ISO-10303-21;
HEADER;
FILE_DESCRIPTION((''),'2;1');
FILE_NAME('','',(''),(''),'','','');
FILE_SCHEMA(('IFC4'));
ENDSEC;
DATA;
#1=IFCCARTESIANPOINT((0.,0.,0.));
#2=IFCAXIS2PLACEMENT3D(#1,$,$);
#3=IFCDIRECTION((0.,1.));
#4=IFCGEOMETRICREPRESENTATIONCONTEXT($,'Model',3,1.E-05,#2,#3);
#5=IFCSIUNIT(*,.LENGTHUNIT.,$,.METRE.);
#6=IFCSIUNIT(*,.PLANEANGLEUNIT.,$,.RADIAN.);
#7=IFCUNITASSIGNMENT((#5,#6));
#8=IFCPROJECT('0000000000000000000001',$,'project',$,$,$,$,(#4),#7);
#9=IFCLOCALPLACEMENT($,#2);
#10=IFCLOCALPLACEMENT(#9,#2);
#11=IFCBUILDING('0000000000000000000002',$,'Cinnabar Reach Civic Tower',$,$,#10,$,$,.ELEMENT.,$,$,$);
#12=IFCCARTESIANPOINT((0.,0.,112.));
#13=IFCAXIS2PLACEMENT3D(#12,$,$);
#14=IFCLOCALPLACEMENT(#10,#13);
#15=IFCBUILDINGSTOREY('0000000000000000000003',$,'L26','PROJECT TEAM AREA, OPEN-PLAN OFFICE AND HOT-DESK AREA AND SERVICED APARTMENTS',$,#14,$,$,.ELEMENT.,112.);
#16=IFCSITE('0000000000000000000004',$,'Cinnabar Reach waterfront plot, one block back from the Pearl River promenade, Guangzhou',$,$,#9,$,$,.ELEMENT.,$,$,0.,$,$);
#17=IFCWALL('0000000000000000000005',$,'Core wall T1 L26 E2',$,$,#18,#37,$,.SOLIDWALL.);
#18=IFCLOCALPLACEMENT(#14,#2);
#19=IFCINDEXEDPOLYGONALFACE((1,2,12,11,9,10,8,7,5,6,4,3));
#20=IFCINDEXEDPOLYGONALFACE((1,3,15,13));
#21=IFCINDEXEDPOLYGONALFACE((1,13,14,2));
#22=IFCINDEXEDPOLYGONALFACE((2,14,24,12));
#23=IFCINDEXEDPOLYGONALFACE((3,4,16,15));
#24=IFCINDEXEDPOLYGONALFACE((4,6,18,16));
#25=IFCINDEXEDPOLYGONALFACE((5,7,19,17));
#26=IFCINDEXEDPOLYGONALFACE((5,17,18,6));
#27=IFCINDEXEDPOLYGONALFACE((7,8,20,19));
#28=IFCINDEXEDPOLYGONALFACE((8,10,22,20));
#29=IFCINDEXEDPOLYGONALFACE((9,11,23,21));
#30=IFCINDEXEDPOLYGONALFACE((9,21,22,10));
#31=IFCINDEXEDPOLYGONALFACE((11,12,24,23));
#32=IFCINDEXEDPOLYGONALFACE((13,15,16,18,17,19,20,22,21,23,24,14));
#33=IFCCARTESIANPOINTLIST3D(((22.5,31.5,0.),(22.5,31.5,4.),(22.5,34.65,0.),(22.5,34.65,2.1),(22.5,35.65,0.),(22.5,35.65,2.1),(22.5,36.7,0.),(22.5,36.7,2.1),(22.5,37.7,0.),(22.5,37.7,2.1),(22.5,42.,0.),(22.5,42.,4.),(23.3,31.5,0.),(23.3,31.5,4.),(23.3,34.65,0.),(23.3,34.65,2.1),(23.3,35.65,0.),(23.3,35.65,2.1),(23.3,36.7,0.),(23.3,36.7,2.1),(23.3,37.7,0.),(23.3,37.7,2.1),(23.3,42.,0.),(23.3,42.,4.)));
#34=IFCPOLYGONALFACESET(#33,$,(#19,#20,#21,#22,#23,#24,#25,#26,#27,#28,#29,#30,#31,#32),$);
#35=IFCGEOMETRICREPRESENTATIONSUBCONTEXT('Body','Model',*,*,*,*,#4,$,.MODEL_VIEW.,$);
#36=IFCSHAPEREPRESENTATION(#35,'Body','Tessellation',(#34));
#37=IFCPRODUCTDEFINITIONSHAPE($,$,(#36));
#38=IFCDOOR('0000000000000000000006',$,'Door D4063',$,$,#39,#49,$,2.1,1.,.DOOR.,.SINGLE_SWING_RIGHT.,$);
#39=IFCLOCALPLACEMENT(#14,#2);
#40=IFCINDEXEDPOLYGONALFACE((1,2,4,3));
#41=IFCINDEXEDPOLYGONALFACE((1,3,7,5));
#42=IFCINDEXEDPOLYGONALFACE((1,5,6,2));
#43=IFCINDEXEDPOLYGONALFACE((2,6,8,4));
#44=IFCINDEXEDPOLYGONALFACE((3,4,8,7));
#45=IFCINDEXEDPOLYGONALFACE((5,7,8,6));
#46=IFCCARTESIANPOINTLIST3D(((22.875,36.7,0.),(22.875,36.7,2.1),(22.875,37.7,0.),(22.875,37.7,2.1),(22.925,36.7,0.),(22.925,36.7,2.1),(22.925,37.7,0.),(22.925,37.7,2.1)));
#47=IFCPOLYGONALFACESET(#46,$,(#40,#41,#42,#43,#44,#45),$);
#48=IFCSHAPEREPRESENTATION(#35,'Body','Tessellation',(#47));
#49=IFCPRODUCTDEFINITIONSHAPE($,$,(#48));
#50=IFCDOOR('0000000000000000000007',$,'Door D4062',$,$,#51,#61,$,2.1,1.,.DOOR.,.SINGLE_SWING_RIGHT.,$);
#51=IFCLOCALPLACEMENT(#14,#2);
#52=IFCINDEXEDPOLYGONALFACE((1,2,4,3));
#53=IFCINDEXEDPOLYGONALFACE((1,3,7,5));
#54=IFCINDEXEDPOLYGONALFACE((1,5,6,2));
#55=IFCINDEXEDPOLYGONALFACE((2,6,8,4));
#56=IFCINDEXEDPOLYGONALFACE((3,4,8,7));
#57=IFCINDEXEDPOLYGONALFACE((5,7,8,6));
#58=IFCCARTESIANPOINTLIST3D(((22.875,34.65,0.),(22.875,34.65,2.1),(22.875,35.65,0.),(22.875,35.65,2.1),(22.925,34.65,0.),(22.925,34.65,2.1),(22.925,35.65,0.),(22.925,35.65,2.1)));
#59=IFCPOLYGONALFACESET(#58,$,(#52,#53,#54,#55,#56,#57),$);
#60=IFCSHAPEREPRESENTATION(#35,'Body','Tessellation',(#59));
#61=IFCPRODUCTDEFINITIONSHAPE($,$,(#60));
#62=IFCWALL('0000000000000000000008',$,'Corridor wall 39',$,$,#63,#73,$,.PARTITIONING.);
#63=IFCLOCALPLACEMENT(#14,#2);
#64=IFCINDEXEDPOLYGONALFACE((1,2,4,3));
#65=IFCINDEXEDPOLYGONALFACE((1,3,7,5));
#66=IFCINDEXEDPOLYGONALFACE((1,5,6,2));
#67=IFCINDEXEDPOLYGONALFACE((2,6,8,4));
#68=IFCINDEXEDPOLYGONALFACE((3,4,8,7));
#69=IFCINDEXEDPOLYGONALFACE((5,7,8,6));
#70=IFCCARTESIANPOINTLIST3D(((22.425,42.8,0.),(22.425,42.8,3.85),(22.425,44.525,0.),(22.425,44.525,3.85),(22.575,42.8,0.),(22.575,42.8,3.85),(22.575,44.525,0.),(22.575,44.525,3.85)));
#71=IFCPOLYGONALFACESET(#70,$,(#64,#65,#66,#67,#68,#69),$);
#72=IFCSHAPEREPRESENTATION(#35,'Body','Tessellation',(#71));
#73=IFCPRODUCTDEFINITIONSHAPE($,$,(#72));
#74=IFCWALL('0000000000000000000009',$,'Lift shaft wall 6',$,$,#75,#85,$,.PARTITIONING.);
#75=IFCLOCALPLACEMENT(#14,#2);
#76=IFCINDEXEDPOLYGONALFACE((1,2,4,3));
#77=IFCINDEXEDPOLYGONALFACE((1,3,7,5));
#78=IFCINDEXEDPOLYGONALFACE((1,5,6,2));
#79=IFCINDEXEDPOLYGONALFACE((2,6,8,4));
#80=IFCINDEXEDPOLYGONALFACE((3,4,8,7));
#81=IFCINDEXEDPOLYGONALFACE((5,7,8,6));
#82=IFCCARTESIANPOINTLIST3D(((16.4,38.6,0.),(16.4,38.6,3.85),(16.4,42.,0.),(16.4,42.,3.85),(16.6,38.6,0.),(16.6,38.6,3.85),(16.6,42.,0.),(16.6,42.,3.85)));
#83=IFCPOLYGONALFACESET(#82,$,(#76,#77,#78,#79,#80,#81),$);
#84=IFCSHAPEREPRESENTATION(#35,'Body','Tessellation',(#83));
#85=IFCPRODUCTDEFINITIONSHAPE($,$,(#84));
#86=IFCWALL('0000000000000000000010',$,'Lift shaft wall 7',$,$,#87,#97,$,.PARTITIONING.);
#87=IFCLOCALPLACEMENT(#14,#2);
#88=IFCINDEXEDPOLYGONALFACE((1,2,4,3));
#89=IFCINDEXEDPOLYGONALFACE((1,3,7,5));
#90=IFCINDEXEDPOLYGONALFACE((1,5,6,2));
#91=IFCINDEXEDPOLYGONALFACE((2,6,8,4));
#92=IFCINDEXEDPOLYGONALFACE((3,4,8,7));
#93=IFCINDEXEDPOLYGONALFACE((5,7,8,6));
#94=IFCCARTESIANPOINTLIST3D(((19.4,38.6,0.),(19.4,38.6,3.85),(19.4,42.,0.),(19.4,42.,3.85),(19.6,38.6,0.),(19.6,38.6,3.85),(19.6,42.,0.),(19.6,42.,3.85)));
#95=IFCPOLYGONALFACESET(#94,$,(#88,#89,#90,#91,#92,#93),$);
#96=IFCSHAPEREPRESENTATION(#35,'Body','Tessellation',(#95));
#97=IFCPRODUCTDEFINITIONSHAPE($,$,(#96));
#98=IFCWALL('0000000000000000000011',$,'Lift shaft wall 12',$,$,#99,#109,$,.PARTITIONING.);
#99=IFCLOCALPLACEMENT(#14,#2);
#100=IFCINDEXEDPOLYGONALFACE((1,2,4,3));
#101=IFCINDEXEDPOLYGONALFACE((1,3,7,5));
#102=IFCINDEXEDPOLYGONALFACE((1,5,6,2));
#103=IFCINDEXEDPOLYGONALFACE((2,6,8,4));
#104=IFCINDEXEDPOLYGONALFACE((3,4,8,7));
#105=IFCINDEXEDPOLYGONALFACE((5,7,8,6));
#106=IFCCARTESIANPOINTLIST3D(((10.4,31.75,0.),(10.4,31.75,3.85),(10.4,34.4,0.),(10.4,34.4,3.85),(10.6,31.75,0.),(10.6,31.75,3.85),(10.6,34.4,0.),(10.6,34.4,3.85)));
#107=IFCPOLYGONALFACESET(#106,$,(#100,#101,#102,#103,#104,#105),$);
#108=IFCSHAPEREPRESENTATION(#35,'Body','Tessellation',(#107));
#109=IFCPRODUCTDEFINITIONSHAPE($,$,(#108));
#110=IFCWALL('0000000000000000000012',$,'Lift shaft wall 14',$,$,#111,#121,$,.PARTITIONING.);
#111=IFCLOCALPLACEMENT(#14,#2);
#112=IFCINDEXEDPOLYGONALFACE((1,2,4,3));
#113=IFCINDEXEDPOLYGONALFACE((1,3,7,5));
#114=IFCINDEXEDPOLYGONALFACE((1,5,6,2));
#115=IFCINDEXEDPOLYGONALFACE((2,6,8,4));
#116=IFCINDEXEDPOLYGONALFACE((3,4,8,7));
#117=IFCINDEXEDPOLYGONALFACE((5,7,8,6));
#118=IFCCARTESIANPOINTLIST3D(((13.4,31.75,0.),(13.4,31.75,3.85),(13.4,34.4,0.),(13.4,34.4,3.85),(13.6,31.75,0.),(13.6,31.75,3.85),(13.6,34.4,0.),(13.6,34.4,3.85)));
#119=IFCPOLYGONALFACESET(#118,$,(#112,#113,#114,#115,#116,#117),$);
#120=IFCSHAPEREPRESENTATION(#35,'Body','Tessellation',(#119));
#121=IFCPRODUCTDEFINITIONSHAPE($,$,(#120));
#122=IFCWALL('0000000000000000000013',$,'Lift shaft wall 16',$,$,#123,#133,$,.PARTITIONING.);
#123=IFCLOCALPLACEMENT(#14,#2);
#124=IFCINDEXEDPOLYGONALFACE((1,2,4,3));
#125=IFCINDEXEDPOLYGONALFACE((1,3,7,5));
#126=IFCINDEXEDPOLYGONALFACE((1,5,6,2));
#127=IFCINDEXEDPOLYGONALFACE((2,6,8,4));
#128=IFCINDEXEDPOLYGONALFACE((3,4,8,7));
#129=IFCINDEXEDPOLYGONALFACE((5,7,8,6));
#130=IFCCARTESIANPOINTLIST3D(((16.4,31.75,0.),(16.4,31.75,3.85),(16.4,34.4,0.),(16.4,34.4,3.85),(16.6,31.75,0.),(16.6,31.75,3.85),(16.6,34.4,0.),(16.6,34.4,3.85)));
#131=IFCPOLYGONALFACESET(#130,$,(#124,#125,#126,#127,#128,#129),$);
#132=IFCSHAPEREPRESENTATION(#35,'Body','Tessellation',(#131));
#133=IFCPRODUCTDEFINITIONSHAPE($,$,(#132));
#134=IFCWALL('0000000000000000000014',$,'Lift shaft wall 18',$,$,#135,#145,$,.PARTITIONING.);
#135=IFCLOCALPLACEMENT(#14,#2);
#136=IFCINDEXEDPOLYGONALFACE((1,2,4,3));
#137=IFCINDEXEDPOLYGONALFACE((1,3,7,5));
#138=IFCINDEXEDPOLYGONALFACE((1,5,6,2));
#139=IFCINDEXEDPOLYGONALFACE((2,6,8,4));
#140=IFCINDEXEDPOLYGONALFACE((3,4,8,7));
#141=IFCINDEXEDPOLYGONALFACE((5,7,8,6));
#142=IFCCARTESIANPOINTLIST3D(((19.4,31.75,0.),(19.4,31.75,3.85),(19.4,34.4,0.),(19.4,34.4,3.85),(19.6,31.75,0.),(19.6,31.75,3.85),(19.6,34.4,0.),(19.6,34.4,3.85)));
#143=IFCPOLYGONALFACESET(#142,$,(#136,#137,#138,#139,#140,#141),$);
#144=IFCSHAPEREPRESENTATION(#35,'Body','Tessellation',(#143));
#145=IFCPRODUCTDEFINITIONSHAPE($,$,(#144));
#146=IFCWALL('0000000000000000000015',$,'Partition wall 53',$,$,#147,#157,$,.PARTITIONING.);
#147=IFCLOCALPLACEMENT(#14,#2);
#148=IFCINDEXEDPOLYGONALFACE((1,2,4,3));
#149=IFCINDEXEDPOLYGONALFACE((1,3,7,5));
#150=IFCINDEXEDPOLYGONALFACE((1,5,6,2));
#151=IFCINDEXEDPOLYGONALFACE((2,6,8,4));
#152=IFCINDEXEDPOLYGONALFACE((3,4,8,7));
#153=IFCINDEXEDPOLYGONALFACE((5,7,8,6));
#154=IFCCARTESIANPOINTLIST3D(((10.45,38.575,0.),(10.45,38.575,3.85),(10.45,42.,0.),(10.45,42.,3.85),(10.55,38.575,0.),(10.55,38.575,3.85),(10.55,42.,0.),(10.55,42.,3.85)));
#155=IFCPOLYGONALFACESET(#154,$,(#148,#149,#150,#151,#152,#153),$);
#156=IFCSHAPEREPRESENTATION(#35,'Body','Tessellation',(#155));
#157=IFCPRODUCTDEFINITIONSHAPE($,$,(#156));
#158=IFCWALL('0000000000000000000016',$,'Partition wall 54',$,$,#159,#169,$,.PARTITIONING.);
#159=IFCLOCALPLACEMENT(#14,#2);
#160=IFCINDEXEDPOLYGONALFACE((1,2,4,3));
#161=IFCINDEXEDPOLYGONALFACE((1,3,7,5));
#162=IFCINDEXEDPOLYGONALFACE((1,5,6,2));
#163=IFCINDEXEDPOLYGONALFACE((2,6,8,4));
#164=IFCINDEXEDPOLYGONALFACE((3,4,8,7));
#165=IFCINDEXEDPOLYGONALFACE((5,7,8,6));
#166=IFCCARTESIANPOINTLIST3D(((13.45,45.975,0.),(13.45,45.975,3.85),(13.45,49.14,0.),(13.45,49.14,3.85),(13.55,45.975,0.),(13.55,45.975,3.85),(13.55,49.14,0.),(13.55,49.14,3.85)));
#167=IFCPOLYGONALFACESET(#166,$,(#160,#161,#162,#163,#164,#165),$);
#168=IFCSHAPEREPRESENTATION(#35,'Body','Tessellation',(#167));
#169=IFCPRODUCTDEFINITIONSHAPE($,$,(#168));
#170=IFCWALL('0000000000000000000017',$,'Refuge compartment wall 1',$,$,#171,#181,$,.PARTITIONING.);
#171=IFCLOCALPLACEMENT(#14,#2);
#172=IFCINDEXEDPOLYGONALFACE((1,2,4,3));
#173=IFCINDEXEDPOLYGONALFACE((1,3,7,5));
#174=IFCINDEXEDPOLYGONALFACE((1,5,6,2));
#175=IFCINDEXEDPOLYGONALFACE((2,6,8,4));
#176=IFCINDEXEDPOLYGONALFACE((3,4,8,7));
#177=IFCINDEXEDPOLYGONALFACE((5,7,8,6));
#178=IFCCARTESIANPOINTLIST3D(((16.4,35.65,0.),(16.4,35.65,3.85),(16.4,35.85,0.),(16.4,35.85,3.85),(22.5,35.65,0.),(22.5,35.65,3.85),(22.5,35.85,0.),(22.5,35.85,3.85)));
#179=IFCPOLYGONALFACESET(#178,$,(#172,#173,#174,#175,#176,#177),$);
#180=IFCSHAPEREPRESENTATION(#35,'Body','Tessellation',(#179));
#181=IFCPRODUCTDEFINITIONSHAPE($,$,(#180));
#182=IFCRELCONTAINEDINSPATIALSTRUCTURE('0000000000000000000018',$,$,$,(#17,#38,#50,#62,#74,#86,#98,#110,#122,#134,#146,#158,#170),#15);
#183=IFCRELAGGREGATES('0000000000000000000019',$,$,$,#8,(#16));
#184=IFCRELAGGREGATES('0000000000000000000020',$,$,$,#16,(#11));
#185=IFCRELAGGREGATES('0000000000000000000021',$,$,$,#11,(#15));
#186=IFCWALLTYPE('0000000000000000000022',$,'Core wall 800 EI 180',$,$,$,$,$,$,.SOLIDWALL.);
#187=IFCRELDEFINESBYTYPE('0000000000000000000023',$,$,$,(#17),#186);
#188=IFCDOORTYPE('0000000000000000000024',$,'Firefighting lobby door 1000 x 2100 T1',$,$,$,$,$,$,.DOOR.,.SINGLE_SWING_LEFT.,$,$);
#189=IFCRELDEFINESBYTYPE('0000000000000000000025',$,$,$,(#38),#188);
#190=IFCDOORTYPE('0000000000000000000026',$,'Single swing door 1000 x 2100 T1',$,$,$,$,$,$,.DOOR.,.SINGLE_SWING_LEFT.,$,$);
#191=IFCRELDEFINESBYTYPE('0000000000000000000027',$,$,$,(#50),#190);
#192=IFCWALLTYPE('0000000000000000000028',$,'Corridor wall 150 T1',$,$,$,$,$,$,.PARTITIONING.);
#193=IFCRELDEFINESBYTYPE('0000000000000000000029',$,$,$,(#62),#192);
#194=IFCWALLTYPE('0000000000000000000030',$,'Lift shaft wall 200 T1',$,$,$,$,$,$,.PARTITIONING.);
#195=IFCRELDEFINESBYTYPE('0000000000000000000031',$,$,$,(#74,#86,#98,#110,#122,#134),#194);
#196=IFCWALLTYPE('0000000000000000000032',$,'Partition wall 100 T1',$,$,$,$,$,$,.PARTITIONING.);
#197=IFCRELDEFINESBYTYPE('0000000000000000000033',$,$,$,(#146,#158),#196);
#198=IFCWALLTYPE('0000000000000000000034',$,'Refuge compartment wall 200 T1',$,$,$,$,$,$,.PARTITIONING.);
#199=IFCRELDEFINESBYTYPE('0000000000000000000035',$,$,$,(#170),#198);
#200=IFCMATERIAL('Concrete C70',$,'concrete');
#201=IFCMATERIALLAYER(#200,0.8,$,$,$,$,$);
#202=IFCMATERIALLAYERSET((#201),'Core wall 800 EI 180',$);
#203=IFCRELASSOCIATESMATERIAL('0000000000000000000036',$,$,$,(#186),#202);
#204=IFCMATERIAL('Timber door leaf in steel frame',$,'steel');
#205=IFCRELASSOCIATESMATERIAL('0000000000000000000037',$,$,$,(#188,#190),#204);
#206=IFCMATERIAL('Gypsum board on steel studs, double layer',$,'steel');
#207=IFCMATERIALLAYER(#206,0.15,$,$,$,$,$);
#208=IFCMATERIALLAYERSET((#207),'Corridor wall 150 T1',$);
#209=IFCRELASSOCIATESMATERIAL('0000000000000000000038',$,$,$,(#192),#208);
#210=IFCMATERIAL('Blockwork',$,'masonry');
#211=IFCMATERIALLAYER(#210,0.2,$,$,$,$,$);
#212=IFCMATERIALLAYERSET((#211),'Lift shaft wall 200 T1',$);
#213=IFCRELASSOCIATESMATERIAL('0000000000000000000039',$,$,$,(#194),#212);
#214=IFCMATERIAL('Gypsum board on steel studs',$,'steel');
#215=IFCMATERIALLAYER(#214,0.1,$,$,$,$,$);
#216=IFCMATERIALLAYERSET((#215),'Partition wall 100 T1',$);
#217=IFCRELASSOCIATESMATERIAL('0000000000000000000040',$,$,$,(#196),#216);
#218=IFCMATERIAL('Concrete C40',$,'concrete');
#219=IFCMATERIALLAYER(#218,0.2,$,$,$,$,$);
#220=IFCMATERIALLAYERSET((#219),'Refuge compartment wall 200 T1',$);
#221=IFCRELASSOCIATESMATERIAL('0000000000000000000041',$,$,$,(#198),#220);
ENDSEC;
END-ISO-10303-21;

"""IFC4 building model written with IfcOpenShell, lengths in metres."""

from ifc_helpers import new_model, si_unit, direction, frame, frame_2d, origin, place, context, subcontext, project, spatial, rectangle, extrude, material, layer, layer_set, type_object, element, fill, save


model = new_model("IFC4")

# Units and contexts
model_context = context("Model", 3, precision=1e-05, world=origin(), true_north=direction((0.0, 1.0)))
body_context = subcontext(model_context, "Body", "Model", "MODEL_VIEW")
ifc_project = project(units=[si_unit("LENGTHUNIT", "METRE"), si_unit("PLANEANGLEUNIT", "RADIAN")], contexts=[model_context])

# Site, building, storey
site_placement = place(None, origin())
site = spatial("IfcSite", under=ifc_project, at=site_placement, Name="Cinnabar Reach waterfront plot, one block back from the Pearl River promenade, Guangzhou", CompositionType="ELEMENT", RefElevation=0.0)
building_placement = place(site_placement, origin())
building = spatial("IfcBuilding", under=site, at=building_placement, Name="Cinnabar Reach Civic Tower", CompositionType="ELEMENT")
storey_placement = place(building_placement, frame((0.0, 0.0, 112.0)))
storey = spatial("IfcBuildingStorey", under=building, at=storey_placement, Name="L26", Description="PROJECT TEAM AREA, OPEN-PLAN OFFICE AND HOT-DESK AREA AND SERVICED APARTMENTS", CompositionType="ELEMENT", Elevation=112.0)

# Shared definitions
ifc_material_1 = material(Name="Concrete C70", Category="concrete")

# Shared definitions
ifc_layer_1 = layer(ifc_material_1, 0.8)
ifc_layer_set_1 = layer_set([ifc_layer_1], Name="Core wall 800 EI 180")
wall_type_1 = type_object("IfcWallType", Name="Core wall 800 EI 180", PredefinedType="SOLIDWALL", material=ifc_layer_set_1)

# Wall, openings, doors
wall_1_placement = place(storey_placement, frame((22.9, 31.5, 0.0), z_axis=(0.0, 0.0, 1.0), x_axis=(0.0, 1.0, 0.0)))
wall_1 = element("IfcWall", 1, at=wall_1_placement, inside=storey, type_object=wall_type_1, Name="Core wall T1 L26 E2", PredefinedType="SOLIDWALL", context=body_context, shape_type="SweptSolid", body=[
    extrude(rectangle(XDim=10.5, YDim=0.8, at=frame_2d((5.25, 0.0))), origin(), (0.0, 0.0, 1.0), 4.0),
])
opening_1_placement = place(wall_1_placement, frame((3.15, 0.0, 0.0)))
opening_1 = element("IfcOpeningElement", 2, at=opening_1_placement, cuts=wall_1, PredefinedType="OPENING", context=body_context, shape_type="SweptSolid", body=[
    extrude(rectangle(XDim=1.0, YDim=2.1, at=frame_2d((0.5, 1.05))), frame((0.0, 0.41, 0.0), z_axis=(0.0, -1.0, 0.0), x_axis=(1.0, 0.0, 0.0)), (0.0, 0.0, 1.0), 0.82),
])
opening_2_placement = place(wall_1_placement, frame((5.2, 0.0, 0.0)))
opening_2 = element("IfcOpeningElement", 3, at=opening_2_placement, cuts=wall_1, PredefinedType="OPENING", context=body_context, shape_type="SweptSolid", body=[
    extrude(rectangle(XDim=1.0, YDim=2.1, at=frame_2d((0.5, 1.05))), frame((0.0, 0.41, 0.0), z_axis=(0.0, -1.0, 0.0), x_axis=(1.0, 0.0, 0.0)), (0.0, 0.0, 1.0), 0.82),
])
ifc_material_2 = material(Name="Timber door leaf in steel frame", Category="steel")
door_type_1 = type_object("IfcDoorType", Name="Firefighting lobby door 1000 x 2100 T1", OperationType="SINGLE_SWING_LEFT", PredefinedType="DOOR", material=ifc_material_2)
door_1_placement = place(opening_2_placement, origin())
door_1 = element("IfcDoor", 4, at=door_1_placement, inside=storey, type_object=door_type_1, Name="Door D4063", OperationType="SINGLE_SWING_RIGHT", OverallHeight=2.1, OverallWidth=1.0, PredefinedType="DOOR", context=body_context, shape_type="SweptSolid", body=[
    extrude(rectangle(XDim=1.0, YDim=2.1, at=frame_2d((0.5, 1.05))), frame((0.0, 0.025, 0.0), z_axis=(0.0, -1.0, 0.0), x_axis=(1.0, 0.0, 0.0)), (0.0, 0.0, 1.0), 0.05),
])
fill(opening_2, door_1)
door_type_2 = type_object("IfcDoorType", Name="Single swing door 1000 x 2100 T1", OperationType="SINGLE_SWING_LEFT", PredefinedType="DOOR", material=ifc_material_2)
door_2_placement = place(opening_1_placement, origin())
door_2 = element("IfcDoor", 5, at=door_2_placement, inside=storey, type_object=door_type_2, Name="Door D4062", OperationType="SINGLE_SWING_RIGHT", OverallHeight=2.1, OverallWidth=1.0, PredefinedType="DOOR", context=body_context, shape_type="SweptSolid", body=[
    extrude(rectangle(XDim=1.0, YDim=2.1, at=frame_2d((0.5, 1.05))), frame((0.0, 0.025, 0.0), z_axis=(0.0, -1.0, 0.0), x_axis=(1.0, 0.0, 0.0)), (0.0, 0.0, 1.0), 0.05),
])
fill(opening_1, door_2)

# Walls
ifc_material_3 = material(Name="Gypsum board on steel studs, double layer", Category="steel")
ifc_layer_2 = layer(ifc_material_3, 0.15)
ifc_layer_set_2 = layer_set([ifc_layer_2], Name="Corridor wall 150 T1")
wall_type_2 = type_object("IfcWallType", Name="Corridor wall 150 T1", PredefinedType="PARTITIONING", material=ifc_layer_set_2)
wall_2_placement = place(storey_placement, frame((22.5, 42.8, 0.0), z_axis=(0.0, 0.0, 1.0), x_axis=(0.0, 1.0, 0.0)))
element("IfcWall", 6, at=wall_2_placement, inside=storey, type_object=wall_type_2, Name="Corridor wall 39", PredefinedType="PARTITIONING", context=body_context, shape_type="SweptSolid", body=[
    extrude(rectangle(XDim=1.725, YDim=0.15, at=frame_2d((0.8625, 0.0))), origin(), (0.0, 0.0, 1.0), 3.85),
])
ifc_material_4 = material(Name="Blockwork", Category="masonry")
ifc_layer_3 = layer(ifc_material_4, 0.2)
ifc_layer_set_3 = layer_set([ifc_layer_3], Name="Lift shaft wall 200 T1")
wall_type_3 = type_object("IfcWallType", Name="Lift shaft wall 200 T1", PredefinedType="PARTITIONING", material=ifc_layer_set_3)
for number, where, z_axis, x_axis, name in (
    (7, (16.5, 38.6, 0.0), (0.0, 0.0, 1.0), (0.0, 1.0, 0.0), "Lift shaft wall 6"),
    (8, (19.5, 38.6, 0.0), (0.0, 0.0, 1.0), (0.0, 1.0, 0.0), "Lift shaft wall 7"),
):
    element("IfcWall", number, at=place(storey_placement, frame(where, z_axis=z_axis, x_axis=x_axis)), inside=storey, type_object=wall_type_3, Name=name, PredefinedType="PARTITIONING", context=body_context, shape_type="SweptSolid", body=[
        extrude(rectangle(XDim=3.4, YDim=0.2, at=frame_2d((1.7, 0.0))), origin(), (0.0, 0.0, 1.0), 3.85),
    ])
for number, where, z_axis, x_axis, name in (
    (9, (10.5, 31.75, 0.0), (0.0, 0.0, 1.0), (0.0, 1.0, 0.0), "Lift shaft wall 12"),
    (10, (13.5, 31.75, 0.0), (0.0, 0.0, 1.0), (0.0, 1.0, 0.0), "Lift shaft wall 14"),
    (11, (16.5, 31.75, 0.0), (0.0, 0.0, 1.0), (0.0, 1.0, 0.0), "Lift shaft wall 16"),
    (12, (19.5, 31.75, 0.0), (0.0, 0.0, 1.0), (0.0, 1.0, 0.0), "Lift shaft wall 18"),
):
    element("IfcWall", number, at=place(storey_placement, frame(where, z_axis=z_axis, x_axis=x_axis)), inside=storey, type_object=wall_type_3, Name=name, PredefinedType="PARTITIONING", context=body_context, shape_type="SweptSolid", body=[
        extrude(rectangle(XDim=2.65, YDim=0.2, at=frame_2d((1.325, 0.0))), origin(), (0.0, 0.0, 1.0), 3.85),
    ])
ifc_material_5 = material(Name="Gypsum board on steel studs", Category="steel")
ifc_layer_4 = layer(ifc_material_5, 0.1)
ifc_layer_set_4 = layer_set([ifc_layer_4], Name="Partition wall 100 T1")
wall_type_4 = type_object("IfcWallType", Name="Partition wall 100 T1", PredefinedType="PARTITIONING", material=ifc_layer_set_4)
wall_3_placement = place(storey_placement, frame((10.5, 38.575, 0.0), z_axis=(0.0, 0.0, 1.0), x_axis=(0.0, 1.0, 0.0)))
element("IfcWall", 13, at=wall_3_placement, inside=storey, type_object=wall_type_4, Name="Partition wall 53", PredefinedType="PARTITIONING", context=body_context, shape_type="SweptSolid", body=[
    extrude(rectangle(XDim=3.425, YDim=0.1, at=frame_2d((1.7125, 0.0))), origin(), (0.0, 0.0, 1.0), 3.85),
])
wall_4_placement = place(storey_placement, frame((13.5, 45.975, 0.0), z_axis=(0.0, 0.0, 1.0), x_axis=(0.0, 1.0, 0.0)))
element("IfcWall", 14, at=wall_4_placement, inside=storey, type_object=wall_type_4, Name="Partition wall 54", PredefinedType="PARTITIONING", context=body_context, shape_type="SweptSolid", body=[
    extrude(rectangle(XDim=3.165, YDim=0.1, at=frame_2d((1.5825, 0.0))), origin(), (0.0, 0.0, 1.0), 3.85),
])
ifc_material_6 = material(Name="Concrete C40", Category="concrete")
ifc_layer_5 = layer(ifc_material_6, 0.2)
ifc_layer_set_5 = layer_set([ifc_layer_5], Name="Refuge compartment wall 200 T1")
wall_type_5 = type_object("IfcWallType", Name="Refuge compartment wall 200 T1", PredefinedType="PARTITIONING", material=ifc_layer_set_5)
wall_5_placement = place(storey_placement, frame((16.4, 35.75, 0.0), z_axis=(0.0, 0.0, 1.0), x_axis=(1.0, 0.0, 0.0)))
element("IfcWall", 15, at=wall_5_placement, inside=storey, type_object=wall_type_5, Name="Refuge compartment wall 1", PredefinedType="PARTITIONING", context=body_context, shape_type="SweptSolid", body=[
    extrude(rectangle(XDim=6.1, YDim=0.2, at=frame_2d((3.05, 0.0))), origin(), (0.0, 0.0, 1.0), 3.85),
])

save(model, "model.ifc")
